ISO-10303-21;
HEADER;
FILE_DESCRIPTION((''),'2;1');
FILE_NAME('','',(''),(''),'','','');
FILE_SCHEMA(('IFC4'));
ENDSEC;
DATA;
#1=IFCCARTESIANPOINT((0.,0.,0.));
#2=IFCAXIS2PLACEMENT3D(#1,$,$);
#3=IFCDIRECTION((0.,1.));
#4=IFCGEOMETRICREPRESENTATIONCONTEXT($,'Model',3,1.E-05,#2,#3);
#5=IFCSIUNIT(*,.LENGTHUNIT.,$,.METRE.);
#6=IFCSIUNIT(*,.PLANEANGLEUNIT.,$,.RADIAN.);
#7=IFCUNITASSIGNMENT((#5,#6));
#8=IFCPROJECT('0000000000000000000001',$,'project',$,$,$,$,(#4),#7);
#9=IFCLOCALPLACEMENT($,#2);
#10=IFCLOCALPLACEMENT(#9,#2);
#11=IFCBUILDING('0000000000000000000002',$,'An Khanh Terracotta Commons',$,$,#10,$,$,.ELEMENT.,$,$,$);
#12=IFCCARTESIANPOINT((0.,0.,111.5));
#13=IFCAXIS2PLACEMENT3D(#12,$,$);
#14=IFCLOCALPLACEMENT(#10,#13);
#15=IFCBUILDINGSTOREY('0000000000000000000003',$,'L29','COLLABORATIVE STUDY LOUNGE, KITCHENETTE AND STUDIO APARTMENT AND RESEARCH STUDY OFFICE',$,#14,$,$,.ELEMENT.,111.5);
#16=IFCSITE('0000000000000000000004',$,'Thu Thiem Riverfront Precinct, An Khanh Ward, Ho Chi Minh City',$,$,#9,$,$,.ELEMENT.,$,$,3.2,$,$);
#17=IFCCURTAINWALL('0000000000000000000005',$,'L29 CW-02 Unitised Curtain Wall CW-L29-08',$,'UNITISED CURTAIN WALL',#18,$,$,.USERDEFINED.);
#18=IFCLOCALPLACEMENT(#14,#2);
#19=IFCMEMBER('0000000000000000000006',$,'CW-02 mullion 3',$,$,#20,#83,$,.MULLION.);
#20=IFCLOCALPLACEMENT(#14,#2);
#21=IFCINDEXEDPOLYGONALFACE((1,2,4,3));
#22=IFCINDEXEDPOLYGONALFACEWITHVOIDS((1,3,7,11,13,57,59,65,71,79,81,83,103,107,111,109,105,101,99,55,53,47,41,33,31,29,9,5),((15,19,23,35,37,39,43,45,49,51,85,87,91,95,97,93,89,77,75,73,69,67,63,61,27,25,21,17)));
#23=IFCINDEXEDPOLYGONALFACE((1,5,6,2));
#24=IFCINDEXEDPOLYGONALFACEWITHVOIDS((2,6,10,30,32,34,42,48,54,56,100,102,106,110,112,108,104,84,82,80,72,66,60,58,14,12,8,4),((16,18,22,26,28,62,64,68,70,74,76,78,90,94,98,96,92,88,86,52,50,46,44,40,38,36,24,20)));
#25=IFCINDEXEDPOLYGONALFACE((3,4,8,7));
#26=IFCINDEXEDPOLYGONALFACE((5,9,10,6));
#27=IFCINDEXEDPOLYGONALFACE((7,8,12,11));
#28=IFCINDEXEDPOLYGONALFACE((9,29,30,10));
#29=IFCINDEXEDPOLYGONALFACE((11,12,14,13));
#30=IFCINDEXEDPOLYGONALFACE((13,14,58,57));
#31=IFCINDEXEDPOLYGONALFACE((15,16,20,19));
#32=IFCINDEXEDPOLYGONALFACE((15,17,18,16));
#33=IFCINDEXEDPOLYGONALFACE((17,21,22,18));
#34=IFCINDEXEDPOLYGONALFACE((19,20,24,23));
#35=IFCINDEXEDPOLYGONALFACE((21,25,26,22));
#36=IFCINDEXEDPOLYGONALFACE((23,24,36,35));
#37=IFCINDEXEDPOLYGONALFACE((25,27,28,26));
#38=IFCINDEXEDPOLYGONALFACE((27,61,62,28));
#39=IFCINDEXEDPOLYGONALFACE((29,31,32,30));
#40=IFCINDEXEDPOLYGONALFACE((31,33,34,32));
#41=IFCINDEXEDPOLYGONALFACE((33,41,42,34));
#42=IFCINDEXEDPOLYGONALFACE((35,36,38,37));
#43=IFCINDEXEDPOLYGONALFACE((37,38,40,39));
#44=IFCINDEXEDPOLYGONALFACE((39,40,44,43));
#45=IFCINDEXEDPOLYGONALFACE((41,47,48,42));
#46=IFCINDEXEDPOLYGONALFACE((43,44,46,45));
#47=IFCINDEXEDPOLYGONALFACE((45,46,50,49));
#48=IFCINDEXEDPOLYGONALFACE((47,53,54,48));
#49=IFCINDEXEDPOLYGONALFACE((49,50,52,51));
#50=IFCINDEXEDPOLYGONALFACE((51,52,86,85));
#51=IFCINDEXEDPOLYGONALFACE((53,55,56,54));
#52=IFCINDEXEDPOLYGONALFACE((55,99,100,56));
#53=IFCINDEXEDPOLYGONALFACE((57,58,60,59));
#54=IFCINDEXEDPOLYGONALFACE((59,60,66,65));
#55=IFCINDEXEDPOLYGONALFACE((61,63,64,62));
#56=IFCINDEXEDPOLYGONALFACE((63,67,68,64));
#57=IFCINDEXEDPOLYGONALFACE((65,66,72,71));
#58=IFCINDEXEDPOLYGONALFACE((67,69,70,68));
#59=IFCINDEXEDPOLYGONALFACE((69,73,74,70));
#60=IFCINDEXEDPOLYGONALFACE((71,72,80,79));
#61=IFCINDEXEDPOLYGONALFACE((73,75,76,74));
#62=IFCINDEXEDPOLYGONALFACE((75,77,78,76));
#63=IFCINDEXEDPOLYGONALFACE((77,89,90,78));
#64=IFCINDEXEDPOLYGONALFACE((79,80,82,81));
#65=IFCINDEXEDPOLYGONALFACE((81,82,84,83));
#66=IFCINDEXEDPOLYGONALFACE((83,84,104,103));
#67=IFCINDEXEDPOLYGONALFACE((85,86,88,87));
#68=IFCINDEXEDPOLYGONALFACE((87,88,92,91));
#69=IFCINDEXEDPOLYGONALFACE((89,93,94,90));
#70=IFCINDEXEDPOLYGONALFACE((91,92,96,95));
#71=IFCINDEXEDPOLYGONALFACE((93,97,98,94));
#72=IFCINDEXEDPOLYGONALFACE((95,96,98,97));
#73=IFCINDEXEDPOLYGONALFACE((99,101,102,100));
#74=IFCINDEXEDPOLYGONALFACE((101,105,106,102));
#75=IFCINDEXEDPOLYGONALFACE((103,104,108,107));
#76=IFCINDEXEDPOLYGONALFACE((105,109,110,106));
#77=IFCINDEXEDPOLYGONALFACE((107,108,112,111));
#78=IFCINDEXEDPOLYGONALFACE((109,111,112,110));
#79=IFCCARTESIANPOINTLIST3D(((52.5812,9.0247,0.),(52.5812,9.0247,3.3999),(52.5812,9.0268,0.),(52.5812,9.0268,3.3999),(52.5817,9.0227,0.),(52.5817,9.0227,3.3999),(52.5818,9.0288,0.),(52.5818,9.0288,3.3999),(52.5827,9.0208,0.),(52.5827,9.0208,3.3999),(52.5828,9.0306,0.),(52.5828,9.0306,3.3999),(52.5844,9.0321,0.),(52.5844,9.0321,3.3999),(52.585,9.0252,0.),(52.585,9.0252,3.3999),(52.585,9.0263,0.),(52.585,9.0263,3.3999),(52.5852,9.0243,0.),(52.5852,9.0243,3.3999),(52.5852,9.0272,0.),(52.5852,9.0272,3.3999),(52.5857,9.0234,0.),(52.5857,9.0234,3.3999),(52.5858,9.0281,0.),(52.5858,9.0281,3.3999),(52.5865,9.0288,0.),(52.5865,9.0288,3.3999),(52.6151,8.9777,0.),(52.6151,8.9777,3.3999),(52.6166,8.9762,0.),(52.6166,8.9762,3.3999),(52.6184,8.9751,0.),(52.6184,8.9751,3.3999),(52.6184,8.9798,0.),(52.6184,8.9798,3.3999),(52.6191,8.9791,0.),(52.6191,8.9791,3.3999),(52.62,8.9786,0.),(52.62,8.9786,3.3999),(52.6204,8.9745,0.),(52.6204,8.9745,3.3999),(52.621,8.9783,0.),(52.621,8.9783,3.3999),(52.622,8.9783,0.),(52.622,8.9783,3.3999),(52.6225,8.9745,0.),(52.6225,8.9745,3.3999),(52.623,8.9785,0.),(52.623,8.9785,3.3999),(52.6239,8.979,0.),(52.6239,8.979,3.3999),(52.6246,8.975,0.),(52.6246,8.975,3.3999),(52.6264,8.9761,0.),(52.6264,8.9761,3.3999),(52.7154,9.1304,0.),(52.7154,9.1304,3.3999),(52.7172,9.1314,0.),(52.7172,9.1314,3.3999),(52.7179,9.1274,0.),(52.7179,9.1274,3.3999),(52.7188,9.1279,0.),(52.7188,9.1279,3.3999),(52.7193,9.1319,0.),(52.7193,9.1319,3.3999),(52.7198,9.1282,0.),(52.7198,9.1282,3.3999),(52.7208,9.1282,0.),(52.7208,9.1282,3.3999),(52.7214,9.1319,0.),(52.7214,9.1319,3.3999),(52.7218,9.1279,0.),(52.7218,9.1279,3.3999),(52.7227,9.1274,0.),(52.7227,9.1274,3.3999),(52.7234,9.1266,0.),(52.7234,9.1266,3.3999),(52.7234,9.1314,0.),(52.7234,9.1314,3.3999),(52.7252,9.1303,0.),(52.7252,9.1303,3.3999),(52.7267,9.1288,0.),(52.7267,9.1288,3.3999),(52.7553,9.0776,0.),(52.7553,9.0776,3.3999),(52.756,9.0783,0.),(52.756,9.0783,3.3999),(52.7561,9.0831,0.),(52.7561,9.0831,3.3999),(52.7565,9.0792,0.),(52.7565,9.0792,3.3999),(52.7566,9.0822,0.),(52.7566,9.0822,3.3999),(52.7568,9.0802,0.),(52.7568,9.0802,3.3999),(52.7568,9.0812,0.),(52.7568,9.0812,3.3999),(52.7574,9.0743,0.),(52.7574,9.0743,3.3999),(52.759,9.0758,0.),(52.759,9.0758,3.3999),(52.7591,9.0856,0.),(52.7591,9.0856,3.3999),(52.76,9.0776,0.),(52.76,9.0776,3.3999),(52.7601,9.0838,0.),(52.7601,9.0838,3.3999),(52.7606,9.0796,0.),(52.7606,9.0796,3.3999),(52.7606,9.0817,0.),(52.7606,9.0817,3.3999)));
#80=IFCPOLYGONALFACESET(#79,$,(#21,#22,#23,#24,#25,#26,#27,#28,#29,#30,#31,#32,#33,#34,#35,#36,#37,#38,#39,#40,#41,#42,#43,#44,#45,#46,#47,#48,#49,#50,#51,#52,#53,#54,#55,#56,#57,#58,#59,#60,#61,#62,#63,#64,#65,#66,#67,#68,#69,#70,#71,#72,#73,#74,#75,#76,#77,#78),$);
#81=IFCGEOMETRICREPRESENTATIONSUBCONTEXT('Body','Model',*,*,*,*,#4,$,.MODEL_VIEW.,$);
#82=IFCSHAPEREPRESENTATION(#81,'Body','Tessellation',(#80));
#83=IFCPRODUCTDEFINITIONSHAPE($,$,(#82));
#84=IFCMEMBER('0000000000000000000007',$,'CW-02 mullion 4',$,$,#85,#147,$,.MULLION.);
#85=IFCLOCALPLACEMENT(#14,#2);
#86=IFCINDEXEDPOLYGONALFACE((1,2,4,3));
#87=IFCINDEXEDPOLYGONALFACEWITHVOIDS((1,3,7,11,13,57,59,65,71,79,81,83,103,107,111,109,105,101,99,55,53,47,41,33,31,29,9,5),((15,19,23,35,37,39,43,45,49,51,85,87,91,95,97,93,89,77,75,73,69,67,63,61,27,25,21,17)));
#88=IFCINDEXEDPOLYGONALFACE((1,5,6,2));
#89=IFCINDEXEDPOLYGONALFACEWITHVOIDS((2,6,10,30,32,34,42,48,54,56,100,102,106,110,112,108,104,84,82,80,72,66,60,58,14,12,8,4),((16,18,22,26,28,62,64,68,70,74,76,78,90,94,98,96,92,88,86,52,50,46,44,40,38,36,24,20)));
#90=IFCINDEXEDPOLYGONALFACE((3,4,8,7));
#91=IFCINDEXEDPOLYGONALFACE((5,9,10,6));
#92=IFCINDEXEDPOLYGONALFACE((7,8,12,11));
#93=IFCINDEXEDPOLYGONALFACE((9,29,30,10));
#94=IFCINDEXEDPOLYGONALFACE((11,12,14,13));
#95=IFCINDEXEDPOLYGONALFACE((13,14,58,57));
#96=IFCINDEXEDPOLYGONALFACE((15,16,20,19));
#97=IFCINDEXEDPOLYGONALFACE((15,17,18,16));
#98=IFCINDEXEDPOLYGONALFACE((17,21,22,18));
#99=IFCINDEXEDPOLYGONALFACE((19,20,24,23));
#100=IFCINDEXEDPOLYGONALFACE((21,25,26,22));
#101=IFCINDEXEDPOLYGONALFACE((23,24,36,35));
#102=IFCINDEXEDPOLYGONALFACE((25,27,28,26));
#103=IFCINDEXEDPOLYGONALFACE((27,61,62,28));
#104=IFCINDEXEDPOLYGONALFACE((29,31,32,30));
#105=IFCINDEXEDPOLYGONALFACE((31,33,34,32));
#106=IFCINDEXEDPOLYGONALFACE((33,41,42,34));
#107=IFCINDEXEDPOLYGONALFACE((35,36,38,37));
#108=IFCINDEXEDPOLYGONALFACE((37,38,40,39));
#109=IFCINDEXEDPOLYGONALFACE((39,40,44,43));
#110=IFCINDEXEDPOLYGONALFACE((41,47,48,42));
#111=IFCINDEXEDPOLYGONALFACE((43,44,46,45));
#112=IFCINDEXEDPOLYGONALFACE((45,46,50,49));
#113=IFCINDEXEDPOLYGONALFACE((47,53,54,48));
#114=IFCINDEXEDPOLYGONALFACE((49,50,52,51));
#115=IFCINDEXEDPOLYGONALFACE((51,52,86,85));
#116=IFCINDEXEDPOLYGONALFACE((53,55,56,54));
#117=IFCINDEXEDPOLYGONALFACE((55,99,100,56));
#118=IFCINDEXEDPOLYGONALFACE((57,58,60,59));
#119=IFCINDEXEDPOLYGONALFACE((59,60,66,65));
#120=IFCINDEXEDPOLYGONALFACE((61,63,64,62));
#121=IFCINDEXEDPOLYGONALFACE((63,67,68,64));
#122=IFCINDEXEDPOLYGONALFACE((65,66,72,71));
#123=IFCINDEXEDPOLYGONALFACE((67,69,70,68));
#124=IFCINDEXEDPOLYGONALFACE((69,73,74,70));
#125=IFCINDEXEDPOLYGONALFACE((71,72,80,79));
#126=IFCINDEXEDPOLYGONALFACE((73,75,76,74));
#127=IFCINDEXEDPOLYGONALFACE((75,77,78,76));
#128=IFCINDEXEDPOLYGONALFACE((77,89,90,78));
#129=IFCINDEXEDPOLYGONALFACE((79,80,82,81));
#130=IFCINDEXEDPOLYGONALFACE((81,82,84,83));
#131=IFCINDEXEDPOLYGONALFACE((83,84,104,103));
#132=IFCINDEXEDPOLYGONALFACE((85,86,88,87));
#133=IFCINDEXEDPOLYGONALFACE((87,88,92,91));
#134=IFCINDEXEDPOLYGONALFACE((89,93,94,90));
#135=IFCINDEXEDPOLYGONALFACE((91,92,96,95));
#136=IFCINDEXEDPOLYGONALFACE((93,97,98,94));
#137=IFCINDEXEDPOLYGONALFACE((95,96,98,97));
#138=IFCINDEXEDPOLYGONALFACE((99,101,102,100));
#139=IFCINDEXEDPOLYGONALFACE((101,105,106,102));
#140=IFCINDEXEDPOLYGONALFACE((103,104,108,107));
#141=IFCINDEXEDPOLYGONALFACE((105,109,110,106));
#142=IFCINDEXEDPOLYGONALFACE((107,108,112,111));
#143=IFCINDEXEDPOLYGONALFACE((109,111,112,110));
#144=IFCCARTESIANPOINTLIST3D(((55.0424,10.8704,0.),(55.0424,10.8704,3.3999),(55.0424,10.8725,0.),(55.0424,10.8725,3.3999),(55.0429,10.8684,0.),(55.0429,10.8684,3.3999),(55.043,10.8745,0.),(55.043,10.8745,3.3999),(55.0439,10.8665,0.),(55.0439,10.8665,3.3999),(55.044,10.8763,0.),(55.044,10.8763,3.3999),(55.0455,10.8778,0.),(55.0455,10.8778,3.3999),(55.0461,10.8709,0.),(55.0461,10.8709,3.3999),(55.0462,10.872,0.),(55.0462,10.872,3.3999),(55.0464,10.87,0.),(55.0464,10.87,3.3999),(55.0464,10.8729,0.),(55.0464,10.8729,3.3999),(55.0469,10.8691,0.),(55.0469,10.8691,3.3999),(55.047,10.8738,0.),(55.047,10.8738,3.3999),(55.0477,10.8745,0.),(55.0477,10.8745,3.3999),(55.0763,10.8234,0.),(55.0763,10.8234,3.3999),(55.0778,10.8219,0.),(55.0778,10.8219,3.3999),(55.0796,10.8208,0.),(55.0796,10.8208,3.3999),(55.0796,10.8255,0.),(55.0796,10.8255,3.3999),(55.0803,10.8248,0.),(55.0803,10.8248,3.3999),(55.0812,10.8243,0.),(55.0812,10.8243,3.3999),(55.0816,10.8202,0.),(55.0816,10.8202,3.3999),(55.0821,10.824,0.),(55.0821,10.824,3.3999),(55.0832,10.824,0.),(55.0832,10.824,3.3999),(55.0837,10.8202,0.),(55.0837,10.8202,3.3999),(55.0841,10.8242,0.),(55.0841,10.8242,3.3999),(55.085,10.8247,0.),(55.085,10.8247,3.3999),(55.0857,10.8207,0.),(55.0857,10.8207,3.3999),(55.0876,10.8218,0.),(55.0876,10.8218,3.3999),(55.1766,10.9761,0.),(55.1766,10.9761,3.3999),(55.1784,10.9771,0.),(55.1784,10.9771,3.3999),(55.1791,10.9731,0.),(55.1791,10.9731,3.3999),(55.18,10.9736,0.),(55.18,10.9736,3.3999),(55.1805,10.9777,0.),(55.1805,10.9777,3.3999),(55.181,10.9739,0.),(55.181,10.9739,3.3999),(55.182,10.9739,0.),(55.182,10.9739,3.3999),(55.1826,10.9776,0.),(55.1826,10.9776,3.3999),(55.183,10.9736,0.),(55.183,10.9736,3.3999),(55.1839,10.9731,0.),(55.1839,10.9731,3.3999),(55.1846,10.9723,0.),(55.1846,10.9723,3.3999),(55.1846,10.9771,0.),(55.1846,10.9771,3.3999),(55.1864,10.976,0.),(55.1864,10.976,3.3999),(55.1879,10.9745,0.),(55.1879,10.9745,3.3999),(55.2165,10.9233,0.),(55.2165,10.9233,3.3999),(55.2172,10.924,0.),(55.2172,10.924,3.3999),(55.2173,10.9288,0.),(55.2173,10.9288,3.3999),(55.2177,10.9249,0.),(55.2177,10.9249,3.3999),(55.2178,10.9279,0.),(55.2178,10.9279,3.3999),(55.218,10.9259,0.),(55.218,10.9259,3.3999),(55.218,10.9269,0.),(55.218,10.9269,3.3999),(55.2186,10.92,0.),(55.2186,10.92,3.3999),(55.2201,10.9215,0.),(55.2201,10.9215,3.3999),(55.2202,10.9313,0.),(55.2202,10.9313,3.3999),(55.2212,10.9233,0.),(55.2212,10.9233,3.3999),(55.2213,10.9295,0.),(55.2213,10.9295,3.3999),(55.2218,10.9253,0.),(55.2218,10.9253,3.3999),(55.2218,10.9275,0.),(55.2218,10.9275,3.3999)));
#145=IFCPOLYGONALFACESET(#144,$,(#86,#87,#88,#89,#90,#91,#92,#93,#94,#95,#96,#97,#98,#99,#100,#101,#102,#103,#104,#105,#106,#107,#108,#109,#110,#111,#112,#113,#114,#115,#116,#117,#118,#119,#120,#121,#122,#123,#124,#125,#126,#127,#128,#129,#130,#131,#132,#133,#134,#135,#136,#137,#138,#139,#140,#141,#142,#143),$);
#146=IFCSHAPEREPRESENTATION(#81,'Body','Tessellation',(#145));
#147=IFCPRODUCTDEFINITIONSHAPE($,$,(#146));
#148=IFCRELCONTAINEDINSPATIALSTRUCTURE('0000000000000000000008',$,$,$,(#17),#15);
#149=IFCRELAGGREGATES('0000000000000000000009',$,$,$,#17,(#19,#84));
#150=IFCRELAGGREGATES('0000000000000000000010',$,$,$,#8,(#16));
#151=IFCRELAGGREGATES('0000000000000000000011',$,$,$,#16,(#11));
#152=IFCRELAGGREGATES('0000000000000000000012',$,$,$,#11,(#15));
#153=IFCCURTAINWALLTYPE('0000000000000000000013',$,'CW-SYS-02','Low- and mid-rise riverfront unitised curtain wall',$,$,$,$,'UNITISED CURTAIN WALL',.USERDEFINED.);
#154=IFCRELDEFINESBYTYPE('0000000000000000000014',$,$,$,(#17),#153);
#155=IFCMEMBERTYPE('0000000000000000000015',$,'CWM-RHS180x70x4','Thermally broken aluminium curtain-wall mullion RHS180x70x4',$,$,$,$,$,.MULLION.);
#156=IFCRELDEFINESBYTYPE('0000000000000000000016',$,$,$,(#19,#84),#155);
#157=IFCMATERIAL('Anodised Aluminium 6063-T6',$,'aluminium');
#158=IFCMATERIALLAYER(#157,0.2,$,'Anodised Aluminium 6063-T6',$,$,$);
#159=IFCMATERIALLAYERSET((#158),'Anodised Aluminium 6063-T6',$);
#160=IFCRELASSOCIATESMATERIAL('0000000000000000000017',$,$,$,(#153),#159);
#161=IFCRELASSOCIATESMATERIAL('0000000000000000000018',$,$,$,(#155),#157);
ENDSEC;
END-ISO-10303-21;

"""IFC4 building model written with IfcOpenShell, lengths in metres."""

from ifc_helpers import new_model, si_unit, direction, frame, origin, origin_2d, place, context, subcontext, project, spatial, hollow_rectangle, extrude, material, layer, layer_set, material_profile, profile_set, type_object, element, aggregate, save


model = new_model("IFC4")

# Units and contexts
model_context = context("Model", 3, precision=1e-05, world=origin(), true_north=direction((0.0, 1.0)))
body_context = subcontext(model_context, "Body", "Model", "MODEL_VIEW")
ifc_project = project(units=[si_unit("LENGTHUNIT", "METRE"), si_unit("PLANEANGLEUNIT", "RADIAN")], contexts=[model_context])

# Site, building, storey
site_placement = place(None, origin())
site = spatial("IfcSite", under=ifc_project, at=site_placement, Name="Thu Thiem Riverfront Precinct, An Khanh Ward, Ho Chi Minh City", CompositionType="ELEMENT", RefElevation=3.2)
building_placement = place(site_placement, origin())
building = spatial("IfcBuilding", under=site, at=building_placement, Name="An Khanh Terracotta Commons", CompositionType="ELEMENT")
storey_placement = place(building_placement, frame((0.0, 0.0, 111.5)))
storey = spatial("IfcBuildingStorey", under=building, at=storey_placement, Name="L29", Description="COLLABORATIVE STUDY LOUNGE, KITCHENETTE AND STUDIO APARTMENT AND RESEARCH STUDY OFFICE", CompositionType="ELEMENT", Elevation=111.5)

# Curtain wall, members
ifc_material_1 = material(Name="Anodised Aluminium 6063-T6", Category="aluminium")
ifc_layer_1 = layer(ifc_material_1, 0.2, Name="Anodised Aluminium 6063-T6")
ifc_layer_set_1 = layer_set([ifc_layer_1], Name="Anodised Aluminium 6063-T6")
curtain_wall_type = type_object("IfcCurtainWallType", Name="CW-SYS-02", Description="Low- and mid-rise riverfront unitised curtain wall", ElementType="UNITISED CURTAIN WALL", PredefinedType="USERDEFINED", material=ifc_layer_set_1)
curtain_wall_1_placement = place(storey_placement, origin())
curtain_wall_1 = element("IfcCurtainWall", 1, at=curtain_wall_1_placement, inside=storey, type_object=curtain_wall_type, Name="L29 CW-02 Unitised Curtain Wall CW-L29-08", ObjectType="UNITISED CURTAIN WALL", PredefinedType="USERDEFINED")
ifc_material_profile_1 = material_profile(ifc_material_1, hollow_rectangle(XDim=0.0701, YDim=0.1799, WallThickness=0.0039, InnerFilletRadius=0.0039, OuterFilletRadius=0.0081, at=origin_2d()), Name="RHS180x70x4")
ifc_profile_set_1 = profile_set([ifc_material_profile_1], Name="Anodised Aluminium 6063-T6")
member_type_1 = type_object("IfcMemberType", Name="CWM-RHS180x70x4", Description="Thermally broken aluminium curtain-wall mullion RHS180x70x4", PredefinedType="MULLION", material=ifc_profile_set_1)
member_1_placement = place(storey_placement, frame((52.6709, 9.0532, 0.0), z_axis=(0.0, 0.0, 1.0), x_axis=(-0.599983, 0.800013, 0.0)))
member_1 = element("IfcMember", 2, at=member_1_placement, type_object=member_type_1, Name="CW-02 mullion 3", PredefinedType="MULLION", context=body_context, shape_type="SweptSolid", body=[
    extrude(hollow_rectangle(XDim=0.0701, YDim=0.1799, WallThickness=0.0039, InnerFilletRadius=0.0039, OuterFilletRadius=0.0081, at=origin_2d()), origin(), (0.0, 0.0, 1.0), 3.3999),
])
member_2_placement = place(storey_placement, frame((55.1321, 10.8989, 0.0), z_axis=(0.0, 0.0, 1.0), x_axis=(-0.599983, 0.800013, 0.0)))
member_2 = element("IfcMember", 3, at=member_2_placement, type_object=member_type_1, Name="CW-02 mullion 4", PredefinedType="MULLION", context=body_context, shape_type="SweptSolid", body=[
    extrude(hollow_rectangle(XDim=0.0701, YDim=0.1799, WallThickness=0.0039, InnerFilletRadius=0.0039, OuterFilletRadius=0.0081, at=origin_2d()), origin(), (0.0, 0.0, 1.0), 3.3999),
])

aggregate(curtain_wall_1, [member_1, member_2])

save(model, "model.ifc")
